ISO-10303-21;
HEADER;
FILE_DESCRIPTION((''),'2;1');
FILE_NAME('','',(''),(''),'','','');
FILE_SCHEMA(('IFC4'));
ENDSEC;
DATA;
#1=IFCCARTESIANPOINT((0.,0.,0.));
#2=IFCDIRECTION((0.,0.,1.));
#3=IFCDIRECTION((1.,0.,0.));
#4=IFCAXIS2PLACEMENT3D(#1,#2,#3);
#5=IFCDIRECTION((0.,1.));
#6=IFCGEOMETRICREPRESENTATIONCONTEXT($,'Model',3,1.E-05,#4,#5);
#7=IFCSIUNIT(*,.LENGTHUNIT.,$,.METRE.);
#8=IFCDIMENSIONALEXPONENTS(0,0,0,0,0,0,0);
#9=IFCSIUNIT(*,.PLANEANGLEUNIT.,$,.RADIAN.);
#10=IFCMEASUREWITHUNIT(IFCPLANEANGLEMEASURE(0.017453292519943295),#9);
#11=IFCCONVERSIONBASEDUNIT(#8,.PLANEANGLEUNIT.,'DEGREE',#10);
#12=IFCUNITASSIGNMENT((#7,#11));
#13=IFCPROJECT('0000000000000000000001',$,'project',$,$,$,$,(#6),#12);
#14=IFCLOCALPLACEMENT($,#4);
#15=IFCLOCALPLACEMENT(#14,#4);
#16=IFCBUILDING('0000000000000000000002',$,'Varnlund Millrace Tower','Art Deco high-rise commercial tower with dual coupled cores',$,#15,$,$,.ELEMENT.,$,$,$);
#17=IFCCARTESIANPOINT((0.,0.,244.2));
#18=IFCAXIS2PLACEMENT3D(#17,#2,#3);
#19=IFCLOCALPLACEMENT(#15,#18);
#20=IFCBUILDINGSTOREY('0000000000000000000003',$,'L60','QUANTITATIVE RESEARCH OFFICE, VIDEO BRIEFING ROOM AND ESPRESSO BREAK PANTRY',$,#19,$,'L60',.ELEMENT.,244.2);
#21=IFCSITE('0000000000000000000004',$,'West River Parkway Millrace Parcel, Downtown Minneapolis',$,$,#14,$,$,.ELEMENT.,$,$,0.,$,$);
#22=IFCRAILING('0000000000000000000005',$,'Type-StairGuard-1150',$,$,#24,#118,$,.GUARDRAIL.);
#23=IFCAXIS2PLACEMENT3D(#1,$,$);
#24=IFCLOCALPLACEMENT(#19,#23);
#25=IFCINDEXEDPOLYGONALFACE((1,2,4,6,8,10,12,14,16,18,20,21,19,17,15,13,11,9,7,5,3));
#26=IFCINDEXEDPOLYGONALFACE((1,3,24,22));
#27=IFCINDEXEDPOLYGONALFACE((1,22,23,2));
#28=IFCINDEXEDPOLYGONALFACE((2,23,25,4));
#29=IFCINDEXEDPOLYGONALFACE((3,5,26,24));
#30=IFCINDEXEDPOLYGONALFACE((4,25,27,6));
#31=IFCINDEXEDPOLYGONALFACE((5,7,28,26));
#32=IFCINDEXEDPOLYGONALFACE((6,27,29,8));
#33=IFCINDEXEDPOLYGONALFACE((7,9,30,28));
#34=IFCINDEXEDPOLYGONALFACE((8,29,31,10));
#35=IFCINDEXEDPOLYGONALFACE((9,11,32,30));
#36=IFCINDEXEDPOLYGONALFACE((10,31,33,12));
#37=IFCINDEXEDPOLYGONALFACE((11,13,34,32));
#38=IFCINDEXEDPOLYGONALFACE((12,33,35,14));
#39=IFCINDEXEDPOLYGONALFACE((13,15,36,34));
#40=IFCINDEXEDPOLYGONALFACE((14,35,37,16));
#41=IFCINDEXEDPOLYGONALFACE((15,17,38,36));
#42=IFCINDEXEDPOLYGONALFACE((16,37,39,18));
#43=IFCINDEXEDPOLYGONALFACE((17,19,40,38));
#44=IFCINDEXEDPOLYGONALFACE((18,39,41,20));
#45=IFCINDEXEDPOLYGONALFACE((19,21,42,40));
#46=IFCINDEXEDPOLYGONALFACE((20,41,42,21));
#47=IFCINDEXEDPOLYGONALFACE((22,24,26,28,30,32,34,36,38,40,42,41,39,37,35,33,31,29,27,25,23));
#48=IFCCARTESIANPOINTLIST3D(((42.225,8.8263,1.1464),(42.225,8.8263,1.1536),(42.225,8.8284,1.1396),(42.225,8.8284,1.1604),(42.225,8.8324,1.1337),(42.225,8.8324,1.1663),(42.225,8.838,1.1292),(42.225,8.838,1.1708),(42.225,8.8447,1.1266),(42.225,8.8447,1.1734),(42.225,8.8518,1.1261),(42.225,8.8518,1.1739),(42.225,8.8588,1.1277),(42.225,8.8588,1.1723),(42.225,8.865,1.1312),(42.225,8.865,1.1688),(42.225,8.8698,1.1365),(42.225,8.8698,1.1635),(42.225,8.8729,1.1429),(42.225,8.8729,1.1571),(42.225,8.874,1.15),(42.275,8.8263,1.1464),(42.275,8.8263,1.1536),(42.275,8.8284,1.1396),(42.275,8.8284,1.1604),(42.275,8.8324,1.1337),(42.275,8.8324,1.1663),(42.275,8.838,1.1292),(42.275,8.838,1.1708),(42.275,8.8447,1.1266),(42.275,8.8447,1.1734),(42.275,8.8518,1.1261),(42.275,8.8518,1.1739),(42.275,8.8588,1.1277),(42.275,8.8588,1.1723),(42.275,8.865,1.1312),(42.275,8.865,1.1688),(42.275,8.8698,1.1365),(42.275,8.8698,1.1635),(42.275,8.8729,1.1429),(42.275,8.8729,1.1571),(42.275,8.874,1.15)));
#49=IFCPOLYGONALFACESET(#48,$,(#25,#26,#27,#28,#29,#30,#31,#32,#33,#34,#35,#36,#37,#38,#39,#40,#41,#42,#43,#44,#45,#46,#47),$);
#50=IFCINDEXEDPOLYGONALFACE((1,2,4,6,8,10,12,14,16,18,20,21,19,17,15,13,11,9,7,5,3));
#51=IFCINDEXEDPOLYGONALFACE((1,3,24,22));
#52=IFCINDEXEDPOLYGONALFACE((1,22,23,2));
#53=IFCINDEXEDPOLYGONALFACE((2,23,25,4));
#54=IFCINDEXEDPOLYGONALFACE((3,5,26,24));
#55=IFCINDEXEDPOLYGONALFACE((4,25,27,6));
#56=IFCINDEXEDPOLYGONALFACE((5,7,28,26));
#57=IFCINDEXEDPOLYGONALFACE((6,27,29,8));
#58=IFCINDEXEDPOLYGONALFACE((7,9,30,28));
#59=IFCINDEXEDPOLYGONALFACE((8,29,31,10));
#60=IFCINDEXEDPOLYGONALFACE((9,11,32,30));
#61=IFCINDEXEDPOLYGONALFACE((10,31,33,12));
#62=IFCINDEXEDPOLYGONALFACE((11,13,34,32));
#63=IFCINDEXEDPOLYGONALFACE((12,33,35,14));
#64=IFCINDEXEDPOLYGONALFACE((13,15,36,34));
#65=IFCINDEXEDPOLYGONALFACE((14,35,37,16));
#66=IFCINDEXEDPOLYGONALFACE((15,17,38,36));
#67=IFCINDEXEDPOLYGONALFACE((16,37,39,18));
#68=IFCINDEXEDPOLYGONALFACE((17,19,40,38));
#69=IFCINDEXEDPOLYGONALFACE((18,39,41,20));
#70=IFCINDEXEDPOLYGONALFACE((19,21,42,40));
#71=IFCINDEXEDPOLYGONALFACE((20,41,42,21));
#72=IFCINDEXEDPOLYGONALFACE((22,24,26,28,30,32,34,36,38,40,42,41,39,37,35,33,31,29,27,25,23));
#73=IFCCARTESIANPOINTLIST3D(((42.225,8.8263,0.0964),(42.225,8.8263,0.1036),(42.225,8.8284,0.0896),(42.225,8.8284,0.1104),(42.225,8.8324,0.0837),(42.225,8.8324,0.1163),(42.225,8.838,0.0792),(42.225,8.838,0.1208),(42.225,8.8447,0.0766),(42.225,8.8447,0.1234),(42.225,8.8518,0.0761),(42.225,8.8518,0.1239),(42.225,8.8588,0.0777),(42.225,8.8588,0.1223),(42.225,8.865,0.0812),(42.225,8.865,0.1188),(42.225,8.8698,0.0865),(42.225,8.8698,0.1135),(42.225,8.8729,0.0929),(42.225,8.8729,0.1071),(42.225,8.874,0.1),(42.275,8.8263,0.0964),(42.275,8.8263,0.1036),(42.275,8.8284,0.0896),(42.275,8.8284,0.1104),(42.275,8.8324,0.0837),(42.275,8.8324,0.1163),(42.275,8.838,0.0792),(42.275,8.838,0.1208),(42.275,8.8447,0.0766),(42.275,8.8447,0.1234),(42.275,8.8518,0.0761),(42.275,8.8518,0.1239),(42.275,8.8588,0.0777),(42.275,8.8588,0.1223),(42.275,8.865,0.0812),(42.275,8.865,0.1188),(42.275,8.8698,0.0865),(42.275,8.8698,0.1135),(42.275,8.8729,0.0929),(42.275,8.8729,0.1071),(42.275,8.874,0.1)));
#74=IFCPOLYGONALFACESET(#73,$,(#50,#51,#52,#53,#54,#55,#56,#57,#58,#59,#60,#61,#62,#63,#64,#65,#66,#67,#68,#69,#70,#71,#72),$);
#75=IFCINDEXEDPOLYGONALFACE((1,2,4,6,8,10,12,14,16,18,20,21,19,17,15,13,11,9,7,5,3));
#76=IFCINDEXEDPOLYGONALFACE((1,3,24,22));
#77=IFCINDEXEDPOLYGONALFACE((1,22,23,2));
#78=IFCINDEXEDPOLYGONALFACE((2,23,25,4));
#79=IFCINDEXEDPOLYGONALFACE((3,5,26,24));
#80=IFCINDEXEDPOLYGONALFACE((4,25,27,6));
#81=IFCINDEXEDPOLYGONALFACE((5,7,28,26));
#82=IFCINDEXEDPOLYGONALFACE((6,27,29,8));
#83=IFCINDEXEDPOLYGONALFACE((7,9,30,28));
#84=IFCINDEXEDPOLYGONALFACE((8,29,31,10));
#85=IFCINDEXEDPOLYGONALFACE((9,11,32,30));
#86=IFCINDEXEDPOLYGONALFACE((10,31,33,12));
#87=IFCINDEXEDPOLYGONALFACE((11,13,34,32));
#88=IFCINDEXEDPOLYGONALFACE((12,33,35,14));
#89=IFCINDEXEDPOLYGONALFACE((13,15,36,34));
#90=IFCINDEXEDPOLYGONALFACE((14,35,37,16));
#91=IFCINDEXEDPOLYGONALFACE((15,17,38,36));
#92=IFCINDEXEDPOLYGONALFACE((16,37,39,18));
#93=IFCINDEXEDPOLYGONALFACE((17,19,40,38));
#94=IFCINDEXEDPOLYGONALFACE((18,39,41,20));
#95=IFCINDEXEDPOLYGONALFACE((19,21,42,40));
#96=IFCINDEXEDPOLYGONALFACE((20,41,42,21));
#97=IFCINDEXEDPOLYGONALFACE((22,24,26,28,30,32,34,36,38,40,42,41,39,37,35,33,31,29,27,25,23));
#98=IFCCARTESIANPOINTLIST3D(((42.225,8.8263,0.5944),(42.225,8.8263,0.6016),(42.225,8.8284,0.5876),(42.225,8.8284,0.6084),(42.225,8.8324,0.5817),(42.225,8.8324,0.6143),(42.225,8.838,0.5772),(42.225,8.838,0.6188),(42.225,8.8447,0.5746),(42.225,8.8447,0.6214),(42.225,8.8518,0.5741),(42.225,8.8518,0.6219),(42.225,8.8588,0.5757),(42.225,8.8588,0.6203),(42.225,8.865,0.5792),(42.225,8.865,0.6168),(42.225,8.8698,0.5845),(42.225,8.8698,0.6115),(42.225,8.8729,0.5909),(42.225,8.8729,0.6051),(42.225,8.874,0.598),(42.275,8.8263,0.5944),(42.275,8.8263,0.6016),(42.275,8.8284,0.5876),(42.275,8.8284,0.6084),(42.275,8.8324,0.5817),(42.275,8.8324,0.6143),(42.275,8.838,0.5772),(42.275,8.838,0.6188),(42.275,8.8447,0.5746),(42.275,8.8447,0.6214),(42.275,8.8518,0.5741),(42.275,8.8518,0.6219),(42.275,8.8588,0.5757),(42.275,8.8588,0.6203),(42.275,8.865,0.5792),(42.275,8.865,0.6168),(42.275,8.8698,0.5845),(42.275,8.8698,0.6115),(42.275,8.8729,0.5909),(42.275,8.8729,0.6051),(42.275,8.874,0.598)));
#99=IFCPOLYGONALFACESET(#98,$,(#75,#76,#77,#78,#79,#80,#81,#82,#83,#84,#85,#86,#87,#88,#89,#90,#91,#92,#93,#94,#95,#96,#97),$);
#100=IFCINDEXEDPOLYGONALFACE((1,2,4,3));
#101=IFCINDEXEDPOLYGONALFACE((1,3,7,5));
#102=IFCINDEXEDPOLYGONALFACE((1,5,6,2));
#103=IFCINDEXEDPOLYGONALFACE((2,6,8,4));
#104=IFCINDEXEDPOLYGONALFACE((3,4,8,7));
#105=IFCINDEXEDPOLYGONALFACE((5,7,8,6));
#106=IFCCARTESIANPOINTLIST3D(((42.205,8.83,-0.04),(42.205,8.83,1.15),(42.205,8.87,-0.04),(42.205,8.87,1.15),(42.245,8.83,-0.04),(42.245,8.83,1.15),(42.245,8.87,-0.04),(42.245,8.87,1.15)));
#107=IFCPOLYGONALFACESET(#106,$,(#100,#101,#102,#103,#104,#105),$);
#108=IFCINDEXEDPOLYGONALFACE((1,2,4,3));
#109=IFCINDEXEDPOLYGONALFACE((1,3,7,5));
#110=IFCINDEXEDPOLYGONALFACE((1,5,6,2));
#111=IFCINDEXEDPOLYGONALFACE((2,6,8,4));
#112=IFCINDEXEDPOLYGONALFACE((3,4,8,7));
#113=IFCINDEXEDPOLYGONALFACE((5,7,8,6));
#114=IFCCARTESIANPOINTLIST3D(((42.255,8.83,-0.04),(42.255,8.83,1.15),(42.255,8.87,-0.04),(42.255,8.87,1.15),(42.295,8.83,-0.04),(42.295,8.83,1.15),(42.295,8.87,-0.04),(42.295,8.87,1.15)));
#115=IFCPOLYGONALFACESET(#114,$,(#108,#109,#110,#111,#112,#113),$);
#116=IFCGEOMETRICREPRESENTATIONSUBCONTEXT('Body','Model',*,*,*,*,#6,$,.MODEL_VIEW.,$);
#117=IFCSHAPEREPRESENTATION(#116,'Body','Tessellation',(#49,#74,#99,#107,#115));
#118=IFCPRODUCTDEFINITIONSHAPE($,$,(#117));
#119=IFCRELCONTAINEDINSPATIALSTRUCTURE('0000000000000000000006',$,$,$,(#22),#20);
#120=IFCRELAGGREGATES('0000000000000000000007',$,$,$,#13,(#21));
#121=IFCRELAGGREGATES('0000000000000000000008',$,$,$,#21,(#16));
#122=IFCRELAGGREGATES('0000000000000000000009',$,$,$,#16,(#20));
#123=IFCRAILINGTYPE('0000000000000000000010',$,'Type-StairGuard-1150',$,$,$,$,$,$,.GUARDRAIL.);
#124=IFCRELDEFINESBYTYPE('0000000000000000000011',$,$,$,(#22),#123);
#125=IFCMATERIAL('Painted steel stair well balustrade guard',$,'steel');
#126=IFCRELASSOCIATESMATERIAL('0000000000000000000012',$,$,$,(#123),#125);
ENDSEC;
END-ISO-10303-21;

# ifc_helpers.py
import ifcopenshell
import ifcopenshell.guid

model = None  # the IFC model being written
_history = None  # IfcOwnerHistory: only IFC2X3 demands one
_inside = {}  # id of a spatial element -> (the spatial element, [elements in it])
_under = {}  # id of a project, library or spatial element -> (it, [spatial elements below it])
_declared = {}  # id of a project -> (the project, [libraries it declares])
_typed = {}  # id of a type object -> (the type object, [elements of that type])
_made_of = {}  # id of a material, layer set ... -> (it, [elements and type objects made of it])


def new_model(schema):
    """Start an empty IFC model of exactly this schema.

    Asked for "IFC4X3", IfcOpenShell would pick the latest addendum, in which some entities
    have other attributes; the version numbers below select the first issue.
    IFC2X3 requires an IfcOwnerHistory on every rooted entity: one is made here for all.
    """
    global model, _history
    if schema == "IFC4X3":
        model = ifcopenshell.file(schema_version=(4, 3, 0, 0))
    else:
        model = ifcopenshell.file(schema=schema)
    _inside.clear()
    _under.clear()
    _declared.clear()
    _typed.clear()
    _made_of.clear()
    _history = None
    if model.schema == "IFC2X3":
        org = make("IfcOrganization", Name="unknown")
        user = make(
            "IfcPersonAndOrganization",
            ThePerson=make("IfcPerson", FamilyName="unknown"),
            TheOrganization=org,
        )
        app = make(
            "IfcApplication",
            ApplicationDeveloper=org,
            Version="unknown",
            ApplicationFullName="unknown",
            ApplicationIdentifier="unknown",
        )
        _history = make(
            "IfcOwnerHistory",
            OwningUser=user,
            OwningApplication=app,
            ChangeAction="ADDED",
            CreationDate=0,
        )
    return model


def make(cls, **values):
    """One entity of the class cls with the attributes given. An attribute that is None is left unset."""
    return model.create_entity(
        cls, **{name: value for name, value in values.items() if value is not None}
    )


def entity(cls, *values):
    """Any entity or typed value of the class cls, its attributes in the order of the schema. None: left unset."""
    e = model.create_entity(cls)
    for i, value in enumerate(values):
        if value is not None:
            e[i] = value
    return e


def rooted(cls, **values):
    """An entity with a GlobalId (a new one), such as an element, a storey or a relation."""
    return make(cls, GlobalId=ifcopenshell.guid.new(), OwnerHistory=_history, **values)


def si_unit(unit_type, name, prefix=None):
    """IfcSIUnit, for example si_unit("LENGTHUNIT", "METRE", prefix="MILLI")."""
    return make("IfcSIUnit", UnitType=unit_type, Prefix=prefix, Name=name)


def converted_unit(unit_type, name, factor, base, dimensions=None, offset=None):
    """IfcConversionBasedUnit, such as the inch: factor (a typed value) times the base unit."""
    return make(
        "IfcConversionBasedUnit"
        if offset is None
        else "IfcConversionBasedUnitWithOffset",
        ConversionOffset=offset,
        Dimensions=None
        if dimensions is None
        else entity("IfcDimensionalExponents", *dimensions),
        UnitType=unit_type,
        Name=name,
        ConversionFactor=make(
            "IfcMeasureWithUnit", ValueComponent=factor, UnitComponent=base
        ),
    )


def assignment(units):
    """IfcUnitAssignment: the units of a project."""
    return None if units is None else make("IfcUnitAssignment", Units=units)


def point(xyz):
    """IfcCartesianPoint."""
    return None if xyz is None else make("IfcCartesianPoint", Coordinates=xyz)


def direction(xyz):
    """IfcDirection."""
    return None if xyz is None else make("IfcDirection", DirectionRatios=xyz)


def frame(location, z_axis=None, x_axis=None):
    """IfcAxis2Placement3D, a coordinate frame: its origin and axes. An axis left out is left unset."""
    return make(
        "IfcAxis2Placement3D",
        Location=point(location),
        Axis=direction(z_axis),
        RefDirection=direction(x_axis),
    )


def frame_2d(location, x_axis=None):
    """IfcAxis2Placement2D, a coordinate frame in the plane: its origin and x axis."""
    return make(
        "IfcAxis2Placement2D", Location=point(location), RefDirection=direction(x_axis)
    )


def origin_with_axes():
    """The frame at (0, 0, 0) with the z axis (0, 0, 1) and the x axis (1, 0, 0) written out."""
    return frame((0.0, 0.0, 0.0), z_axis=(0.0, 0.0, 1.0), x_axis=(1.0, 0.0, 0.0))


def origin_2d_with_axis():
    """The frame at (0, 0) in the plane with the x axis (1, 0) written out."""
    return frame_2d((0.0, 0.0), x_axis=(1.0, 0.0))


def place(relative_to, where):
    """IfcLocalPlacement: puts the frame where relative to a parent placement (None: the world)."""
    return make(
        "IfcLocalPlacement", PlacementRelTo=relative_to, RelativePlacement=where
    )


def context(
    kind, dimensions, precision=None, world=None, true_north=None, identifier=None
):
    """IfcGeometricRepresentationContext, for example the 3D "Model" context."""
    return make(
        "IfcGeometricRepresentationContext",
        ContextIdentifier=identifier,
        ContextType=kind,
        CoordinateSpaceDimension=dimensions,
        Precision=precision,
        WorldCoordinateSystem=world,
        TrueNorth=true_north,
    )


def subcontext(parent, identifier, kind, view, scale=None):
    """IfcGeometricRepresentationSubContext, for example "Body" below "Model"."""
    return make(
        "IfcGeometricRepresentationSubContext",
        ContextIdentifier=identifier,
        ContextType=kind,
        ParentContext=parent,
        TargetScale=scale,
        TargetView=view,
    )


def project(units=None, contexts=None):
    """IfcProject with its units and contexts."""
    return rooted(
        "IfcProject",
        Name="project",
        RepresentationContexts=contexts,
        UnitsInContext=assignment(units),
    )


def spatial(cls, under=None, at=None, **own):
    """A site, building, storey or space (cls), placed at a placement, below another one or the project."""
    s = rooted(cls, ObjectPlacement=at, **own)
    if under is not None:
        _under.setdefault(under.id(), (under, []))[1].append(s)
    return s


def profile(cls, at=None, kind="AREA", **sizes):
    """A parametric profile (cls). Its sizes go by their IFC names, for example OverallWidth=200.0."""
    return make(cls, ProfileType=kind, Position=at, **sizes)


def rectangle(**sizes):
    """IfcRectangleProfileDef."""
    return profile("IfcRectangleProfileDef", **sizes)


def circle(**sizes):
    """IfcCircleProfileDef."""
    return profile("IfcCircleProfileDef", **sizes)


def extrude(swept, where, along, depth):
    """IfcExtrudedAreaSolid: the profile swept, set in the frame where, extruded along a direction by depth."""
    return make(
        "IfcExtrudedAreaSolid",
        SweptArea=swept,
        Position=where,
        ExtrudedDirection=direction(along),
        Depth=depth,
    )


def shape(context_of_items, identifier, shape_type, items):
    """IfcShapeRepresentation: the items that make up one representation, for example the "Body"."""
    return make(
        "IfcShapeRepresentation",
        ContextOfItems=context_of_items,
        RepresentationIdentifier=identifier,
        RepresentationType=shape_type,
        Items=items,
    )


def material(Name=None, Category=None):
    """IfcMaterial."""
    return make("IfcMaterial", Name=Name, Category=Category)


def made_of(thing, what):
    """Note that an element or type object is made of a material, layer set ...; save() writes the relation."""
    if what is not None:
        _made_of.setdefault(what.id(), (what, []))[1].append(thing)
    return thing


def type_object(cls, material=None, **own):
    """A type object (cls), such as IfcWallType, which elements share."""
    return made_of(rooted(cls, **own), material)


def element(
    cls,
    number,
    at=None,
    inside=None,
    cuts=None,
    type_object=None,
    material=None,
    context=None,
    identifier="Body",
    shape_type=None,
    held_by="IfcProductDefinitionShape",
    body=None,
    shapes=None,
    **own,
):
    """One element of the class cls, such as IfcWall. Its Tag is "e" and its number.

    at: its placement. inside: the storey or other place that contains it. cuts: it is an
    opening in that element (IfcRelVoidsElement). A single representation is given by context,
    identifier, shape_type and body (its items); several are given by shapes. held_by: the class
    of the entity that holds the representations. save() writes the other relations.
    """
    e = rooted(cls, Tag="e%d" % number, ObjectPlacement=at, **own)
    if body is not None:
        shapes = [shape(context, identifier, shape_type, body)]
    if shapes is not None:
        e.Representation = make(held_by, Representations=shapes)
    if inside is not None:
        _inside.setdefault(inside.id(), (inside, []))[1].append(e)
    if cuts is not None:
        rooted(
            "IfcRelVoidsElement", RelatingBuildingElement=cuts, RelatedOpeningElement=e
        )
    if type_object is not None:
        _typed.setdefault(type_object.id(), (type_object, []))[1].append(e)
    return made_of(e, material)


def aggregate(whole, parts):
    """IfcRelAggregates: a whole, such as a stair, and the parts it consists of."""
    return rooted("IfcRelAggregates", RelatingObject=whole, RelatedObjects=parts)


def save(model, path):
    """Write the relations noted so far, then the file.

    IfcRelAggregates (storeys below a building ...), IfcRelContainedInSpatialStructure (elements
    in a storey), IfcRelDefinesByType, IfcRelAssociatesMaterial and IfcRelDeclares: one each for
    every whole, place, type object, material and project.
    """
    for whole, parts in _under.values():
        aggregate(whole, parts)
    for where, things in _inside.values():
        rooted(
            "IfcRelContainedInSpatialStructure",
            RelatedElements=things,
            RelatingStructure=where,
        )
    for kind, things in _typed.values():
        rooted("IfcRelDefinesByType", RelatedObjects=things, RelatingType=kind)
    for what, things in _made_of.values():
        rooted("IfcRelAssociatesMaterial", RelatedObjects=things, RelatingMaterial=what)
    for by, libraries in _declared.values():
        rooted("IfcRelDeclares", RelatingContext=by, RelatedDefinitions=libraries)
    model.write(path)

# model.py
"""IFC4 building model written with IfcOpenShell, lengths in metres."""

from ifc_helpers import new_model, entity, si_unit, converted_unit, direction, frame, origin_with_axes, origin_2d_with_axis, place, context, subcontext, project, spatial, rectangle, circle, extrude, material, type_object, element, save


model = new_model("IFC4")

# Units and contexts
model_context = context("Model", 3, precision=1e-05, world=origin_with_axes(), true_north=direction((0.0, 1.0)))
body_context = subcontext(model_context, "Body", "Model", "MODEL_VIEW")
ifc_project = project(units=[si_unit("LENGTHUNIT", "METRE"), converted_unit("PLANEANGLEUNIT", "DEGREE", entity("IfcPlaneAngleMeasure", 0.017453292519943295), si_unit("PLANEANGLEUNIT", "RADIAN"), dimensions=[0, 0, 0, 0, 0, 0, 0])], contexts=[model_context])

# Site, building, storey
site_placement = place(None, origin_with_axes())
site = spatial("IfcSite", under=ifc_project, at=site_placement, Name="West River Parkway Millrace Parcel, Downtown Minneapolis", CompositionType="ELEMENT", RefElevation=0.0)
building_placement = place(site_placement, origin_with_axes())
building = spatial("IfcBuilding", under=site, at=building_placement, Name="Varnlund Millrace Tower", Description="Art Deco high-rise commercial tower with dual coupled cores", CompositionType="ELEMENT")
storey_placement = place(building_placement, frame((0.0, 0.0, 244.2), z_axis=(0.0, 0.0, 1.0), x_axis=(1.0, 0.0, 0.0)))
storey = spatial("IfcBuildingStorey", under=building, at=storey_placement, Name="L60", Description="QUANTITATIVE RESEARCH OFFICE, VIDEO BRIEFING ROOM AND ESPRESSO BREAK PANTRY", LongName="L60", CompositionType="ELEMENT", Elevation=244.2)

# Railing
ifc_material_1 = material(Name="Painted steel stair well balustrade guard", Category="steel")
railing_type_1 = type_object("IfcRailingType", Name="Type-StairGuard-1150", PredefinedType="GUARDRAIL", material=ifc_material_1)
railing_1_placement = place(storey_placement, frame((0.0, 0.0, -244.2), z_axis=(0.0, 0.0, 1.0), x_axis=(1.0, 0.0, 0.0)))
element("IfcRailing", 1, at=railing_1_placement, inside=storey, type_object=railing_type_1, Name="Type-StairGuard-1150", PredefinedType="GUARDRAIL", context=body_context, shape_type="SweptSolid", body=[
    extrude(circle(Radius=0.024, at=origin_2d_with_axis()), frame((42.225, 8.85, 245.35), z_axis=(1.0, 0.0, 0.0), x_axis=(0.0, 1.0, 0.0)), (0.0, 0.0, 1.0), 0.05),
    extrude(circle(Radius=0.024, at=origin_2d_with_axis()), frame((42.225, 8.85, 244.3), z_axis=(1.0, 0.0, 0.0), x_axis=(0.0, 1.0, 0.0)), (0.0, 0.0, 1.0), 0.05),
    extrude(circle(Radius=0.024, at=origin_2d_with_axis()), frame((42.225, 8.85, 244.798), z_axis=(1.0, 0.0, 0.0), x_axis=(0.0, 1.0, 0.0)), (0.0, 0.0, 1.0), 0.05),
    extrude(rectangle(XDim=0.04, YDim=0.04, at=origin_2d_with_axis()), frame((42.225, 8.85, 244.16), z_axis=(0.0, 0.0, 1.0), x_axis=(1.0, 0.0, 0.0)), (0.0, 0.0, 1.0), 1.19),
    extrude(rectangle(XDim=0.04, YDim=0.04, at=origin_2d_with_axis()), frame((42.275, 8.85, 244.16), z_axis=(0.0, 0.0, 1.0), x_axis=(1.0, 0.0, 0.0)), (0.0, 0.0, 1.0), 1.19),
])

save(model, "model.ifc")
